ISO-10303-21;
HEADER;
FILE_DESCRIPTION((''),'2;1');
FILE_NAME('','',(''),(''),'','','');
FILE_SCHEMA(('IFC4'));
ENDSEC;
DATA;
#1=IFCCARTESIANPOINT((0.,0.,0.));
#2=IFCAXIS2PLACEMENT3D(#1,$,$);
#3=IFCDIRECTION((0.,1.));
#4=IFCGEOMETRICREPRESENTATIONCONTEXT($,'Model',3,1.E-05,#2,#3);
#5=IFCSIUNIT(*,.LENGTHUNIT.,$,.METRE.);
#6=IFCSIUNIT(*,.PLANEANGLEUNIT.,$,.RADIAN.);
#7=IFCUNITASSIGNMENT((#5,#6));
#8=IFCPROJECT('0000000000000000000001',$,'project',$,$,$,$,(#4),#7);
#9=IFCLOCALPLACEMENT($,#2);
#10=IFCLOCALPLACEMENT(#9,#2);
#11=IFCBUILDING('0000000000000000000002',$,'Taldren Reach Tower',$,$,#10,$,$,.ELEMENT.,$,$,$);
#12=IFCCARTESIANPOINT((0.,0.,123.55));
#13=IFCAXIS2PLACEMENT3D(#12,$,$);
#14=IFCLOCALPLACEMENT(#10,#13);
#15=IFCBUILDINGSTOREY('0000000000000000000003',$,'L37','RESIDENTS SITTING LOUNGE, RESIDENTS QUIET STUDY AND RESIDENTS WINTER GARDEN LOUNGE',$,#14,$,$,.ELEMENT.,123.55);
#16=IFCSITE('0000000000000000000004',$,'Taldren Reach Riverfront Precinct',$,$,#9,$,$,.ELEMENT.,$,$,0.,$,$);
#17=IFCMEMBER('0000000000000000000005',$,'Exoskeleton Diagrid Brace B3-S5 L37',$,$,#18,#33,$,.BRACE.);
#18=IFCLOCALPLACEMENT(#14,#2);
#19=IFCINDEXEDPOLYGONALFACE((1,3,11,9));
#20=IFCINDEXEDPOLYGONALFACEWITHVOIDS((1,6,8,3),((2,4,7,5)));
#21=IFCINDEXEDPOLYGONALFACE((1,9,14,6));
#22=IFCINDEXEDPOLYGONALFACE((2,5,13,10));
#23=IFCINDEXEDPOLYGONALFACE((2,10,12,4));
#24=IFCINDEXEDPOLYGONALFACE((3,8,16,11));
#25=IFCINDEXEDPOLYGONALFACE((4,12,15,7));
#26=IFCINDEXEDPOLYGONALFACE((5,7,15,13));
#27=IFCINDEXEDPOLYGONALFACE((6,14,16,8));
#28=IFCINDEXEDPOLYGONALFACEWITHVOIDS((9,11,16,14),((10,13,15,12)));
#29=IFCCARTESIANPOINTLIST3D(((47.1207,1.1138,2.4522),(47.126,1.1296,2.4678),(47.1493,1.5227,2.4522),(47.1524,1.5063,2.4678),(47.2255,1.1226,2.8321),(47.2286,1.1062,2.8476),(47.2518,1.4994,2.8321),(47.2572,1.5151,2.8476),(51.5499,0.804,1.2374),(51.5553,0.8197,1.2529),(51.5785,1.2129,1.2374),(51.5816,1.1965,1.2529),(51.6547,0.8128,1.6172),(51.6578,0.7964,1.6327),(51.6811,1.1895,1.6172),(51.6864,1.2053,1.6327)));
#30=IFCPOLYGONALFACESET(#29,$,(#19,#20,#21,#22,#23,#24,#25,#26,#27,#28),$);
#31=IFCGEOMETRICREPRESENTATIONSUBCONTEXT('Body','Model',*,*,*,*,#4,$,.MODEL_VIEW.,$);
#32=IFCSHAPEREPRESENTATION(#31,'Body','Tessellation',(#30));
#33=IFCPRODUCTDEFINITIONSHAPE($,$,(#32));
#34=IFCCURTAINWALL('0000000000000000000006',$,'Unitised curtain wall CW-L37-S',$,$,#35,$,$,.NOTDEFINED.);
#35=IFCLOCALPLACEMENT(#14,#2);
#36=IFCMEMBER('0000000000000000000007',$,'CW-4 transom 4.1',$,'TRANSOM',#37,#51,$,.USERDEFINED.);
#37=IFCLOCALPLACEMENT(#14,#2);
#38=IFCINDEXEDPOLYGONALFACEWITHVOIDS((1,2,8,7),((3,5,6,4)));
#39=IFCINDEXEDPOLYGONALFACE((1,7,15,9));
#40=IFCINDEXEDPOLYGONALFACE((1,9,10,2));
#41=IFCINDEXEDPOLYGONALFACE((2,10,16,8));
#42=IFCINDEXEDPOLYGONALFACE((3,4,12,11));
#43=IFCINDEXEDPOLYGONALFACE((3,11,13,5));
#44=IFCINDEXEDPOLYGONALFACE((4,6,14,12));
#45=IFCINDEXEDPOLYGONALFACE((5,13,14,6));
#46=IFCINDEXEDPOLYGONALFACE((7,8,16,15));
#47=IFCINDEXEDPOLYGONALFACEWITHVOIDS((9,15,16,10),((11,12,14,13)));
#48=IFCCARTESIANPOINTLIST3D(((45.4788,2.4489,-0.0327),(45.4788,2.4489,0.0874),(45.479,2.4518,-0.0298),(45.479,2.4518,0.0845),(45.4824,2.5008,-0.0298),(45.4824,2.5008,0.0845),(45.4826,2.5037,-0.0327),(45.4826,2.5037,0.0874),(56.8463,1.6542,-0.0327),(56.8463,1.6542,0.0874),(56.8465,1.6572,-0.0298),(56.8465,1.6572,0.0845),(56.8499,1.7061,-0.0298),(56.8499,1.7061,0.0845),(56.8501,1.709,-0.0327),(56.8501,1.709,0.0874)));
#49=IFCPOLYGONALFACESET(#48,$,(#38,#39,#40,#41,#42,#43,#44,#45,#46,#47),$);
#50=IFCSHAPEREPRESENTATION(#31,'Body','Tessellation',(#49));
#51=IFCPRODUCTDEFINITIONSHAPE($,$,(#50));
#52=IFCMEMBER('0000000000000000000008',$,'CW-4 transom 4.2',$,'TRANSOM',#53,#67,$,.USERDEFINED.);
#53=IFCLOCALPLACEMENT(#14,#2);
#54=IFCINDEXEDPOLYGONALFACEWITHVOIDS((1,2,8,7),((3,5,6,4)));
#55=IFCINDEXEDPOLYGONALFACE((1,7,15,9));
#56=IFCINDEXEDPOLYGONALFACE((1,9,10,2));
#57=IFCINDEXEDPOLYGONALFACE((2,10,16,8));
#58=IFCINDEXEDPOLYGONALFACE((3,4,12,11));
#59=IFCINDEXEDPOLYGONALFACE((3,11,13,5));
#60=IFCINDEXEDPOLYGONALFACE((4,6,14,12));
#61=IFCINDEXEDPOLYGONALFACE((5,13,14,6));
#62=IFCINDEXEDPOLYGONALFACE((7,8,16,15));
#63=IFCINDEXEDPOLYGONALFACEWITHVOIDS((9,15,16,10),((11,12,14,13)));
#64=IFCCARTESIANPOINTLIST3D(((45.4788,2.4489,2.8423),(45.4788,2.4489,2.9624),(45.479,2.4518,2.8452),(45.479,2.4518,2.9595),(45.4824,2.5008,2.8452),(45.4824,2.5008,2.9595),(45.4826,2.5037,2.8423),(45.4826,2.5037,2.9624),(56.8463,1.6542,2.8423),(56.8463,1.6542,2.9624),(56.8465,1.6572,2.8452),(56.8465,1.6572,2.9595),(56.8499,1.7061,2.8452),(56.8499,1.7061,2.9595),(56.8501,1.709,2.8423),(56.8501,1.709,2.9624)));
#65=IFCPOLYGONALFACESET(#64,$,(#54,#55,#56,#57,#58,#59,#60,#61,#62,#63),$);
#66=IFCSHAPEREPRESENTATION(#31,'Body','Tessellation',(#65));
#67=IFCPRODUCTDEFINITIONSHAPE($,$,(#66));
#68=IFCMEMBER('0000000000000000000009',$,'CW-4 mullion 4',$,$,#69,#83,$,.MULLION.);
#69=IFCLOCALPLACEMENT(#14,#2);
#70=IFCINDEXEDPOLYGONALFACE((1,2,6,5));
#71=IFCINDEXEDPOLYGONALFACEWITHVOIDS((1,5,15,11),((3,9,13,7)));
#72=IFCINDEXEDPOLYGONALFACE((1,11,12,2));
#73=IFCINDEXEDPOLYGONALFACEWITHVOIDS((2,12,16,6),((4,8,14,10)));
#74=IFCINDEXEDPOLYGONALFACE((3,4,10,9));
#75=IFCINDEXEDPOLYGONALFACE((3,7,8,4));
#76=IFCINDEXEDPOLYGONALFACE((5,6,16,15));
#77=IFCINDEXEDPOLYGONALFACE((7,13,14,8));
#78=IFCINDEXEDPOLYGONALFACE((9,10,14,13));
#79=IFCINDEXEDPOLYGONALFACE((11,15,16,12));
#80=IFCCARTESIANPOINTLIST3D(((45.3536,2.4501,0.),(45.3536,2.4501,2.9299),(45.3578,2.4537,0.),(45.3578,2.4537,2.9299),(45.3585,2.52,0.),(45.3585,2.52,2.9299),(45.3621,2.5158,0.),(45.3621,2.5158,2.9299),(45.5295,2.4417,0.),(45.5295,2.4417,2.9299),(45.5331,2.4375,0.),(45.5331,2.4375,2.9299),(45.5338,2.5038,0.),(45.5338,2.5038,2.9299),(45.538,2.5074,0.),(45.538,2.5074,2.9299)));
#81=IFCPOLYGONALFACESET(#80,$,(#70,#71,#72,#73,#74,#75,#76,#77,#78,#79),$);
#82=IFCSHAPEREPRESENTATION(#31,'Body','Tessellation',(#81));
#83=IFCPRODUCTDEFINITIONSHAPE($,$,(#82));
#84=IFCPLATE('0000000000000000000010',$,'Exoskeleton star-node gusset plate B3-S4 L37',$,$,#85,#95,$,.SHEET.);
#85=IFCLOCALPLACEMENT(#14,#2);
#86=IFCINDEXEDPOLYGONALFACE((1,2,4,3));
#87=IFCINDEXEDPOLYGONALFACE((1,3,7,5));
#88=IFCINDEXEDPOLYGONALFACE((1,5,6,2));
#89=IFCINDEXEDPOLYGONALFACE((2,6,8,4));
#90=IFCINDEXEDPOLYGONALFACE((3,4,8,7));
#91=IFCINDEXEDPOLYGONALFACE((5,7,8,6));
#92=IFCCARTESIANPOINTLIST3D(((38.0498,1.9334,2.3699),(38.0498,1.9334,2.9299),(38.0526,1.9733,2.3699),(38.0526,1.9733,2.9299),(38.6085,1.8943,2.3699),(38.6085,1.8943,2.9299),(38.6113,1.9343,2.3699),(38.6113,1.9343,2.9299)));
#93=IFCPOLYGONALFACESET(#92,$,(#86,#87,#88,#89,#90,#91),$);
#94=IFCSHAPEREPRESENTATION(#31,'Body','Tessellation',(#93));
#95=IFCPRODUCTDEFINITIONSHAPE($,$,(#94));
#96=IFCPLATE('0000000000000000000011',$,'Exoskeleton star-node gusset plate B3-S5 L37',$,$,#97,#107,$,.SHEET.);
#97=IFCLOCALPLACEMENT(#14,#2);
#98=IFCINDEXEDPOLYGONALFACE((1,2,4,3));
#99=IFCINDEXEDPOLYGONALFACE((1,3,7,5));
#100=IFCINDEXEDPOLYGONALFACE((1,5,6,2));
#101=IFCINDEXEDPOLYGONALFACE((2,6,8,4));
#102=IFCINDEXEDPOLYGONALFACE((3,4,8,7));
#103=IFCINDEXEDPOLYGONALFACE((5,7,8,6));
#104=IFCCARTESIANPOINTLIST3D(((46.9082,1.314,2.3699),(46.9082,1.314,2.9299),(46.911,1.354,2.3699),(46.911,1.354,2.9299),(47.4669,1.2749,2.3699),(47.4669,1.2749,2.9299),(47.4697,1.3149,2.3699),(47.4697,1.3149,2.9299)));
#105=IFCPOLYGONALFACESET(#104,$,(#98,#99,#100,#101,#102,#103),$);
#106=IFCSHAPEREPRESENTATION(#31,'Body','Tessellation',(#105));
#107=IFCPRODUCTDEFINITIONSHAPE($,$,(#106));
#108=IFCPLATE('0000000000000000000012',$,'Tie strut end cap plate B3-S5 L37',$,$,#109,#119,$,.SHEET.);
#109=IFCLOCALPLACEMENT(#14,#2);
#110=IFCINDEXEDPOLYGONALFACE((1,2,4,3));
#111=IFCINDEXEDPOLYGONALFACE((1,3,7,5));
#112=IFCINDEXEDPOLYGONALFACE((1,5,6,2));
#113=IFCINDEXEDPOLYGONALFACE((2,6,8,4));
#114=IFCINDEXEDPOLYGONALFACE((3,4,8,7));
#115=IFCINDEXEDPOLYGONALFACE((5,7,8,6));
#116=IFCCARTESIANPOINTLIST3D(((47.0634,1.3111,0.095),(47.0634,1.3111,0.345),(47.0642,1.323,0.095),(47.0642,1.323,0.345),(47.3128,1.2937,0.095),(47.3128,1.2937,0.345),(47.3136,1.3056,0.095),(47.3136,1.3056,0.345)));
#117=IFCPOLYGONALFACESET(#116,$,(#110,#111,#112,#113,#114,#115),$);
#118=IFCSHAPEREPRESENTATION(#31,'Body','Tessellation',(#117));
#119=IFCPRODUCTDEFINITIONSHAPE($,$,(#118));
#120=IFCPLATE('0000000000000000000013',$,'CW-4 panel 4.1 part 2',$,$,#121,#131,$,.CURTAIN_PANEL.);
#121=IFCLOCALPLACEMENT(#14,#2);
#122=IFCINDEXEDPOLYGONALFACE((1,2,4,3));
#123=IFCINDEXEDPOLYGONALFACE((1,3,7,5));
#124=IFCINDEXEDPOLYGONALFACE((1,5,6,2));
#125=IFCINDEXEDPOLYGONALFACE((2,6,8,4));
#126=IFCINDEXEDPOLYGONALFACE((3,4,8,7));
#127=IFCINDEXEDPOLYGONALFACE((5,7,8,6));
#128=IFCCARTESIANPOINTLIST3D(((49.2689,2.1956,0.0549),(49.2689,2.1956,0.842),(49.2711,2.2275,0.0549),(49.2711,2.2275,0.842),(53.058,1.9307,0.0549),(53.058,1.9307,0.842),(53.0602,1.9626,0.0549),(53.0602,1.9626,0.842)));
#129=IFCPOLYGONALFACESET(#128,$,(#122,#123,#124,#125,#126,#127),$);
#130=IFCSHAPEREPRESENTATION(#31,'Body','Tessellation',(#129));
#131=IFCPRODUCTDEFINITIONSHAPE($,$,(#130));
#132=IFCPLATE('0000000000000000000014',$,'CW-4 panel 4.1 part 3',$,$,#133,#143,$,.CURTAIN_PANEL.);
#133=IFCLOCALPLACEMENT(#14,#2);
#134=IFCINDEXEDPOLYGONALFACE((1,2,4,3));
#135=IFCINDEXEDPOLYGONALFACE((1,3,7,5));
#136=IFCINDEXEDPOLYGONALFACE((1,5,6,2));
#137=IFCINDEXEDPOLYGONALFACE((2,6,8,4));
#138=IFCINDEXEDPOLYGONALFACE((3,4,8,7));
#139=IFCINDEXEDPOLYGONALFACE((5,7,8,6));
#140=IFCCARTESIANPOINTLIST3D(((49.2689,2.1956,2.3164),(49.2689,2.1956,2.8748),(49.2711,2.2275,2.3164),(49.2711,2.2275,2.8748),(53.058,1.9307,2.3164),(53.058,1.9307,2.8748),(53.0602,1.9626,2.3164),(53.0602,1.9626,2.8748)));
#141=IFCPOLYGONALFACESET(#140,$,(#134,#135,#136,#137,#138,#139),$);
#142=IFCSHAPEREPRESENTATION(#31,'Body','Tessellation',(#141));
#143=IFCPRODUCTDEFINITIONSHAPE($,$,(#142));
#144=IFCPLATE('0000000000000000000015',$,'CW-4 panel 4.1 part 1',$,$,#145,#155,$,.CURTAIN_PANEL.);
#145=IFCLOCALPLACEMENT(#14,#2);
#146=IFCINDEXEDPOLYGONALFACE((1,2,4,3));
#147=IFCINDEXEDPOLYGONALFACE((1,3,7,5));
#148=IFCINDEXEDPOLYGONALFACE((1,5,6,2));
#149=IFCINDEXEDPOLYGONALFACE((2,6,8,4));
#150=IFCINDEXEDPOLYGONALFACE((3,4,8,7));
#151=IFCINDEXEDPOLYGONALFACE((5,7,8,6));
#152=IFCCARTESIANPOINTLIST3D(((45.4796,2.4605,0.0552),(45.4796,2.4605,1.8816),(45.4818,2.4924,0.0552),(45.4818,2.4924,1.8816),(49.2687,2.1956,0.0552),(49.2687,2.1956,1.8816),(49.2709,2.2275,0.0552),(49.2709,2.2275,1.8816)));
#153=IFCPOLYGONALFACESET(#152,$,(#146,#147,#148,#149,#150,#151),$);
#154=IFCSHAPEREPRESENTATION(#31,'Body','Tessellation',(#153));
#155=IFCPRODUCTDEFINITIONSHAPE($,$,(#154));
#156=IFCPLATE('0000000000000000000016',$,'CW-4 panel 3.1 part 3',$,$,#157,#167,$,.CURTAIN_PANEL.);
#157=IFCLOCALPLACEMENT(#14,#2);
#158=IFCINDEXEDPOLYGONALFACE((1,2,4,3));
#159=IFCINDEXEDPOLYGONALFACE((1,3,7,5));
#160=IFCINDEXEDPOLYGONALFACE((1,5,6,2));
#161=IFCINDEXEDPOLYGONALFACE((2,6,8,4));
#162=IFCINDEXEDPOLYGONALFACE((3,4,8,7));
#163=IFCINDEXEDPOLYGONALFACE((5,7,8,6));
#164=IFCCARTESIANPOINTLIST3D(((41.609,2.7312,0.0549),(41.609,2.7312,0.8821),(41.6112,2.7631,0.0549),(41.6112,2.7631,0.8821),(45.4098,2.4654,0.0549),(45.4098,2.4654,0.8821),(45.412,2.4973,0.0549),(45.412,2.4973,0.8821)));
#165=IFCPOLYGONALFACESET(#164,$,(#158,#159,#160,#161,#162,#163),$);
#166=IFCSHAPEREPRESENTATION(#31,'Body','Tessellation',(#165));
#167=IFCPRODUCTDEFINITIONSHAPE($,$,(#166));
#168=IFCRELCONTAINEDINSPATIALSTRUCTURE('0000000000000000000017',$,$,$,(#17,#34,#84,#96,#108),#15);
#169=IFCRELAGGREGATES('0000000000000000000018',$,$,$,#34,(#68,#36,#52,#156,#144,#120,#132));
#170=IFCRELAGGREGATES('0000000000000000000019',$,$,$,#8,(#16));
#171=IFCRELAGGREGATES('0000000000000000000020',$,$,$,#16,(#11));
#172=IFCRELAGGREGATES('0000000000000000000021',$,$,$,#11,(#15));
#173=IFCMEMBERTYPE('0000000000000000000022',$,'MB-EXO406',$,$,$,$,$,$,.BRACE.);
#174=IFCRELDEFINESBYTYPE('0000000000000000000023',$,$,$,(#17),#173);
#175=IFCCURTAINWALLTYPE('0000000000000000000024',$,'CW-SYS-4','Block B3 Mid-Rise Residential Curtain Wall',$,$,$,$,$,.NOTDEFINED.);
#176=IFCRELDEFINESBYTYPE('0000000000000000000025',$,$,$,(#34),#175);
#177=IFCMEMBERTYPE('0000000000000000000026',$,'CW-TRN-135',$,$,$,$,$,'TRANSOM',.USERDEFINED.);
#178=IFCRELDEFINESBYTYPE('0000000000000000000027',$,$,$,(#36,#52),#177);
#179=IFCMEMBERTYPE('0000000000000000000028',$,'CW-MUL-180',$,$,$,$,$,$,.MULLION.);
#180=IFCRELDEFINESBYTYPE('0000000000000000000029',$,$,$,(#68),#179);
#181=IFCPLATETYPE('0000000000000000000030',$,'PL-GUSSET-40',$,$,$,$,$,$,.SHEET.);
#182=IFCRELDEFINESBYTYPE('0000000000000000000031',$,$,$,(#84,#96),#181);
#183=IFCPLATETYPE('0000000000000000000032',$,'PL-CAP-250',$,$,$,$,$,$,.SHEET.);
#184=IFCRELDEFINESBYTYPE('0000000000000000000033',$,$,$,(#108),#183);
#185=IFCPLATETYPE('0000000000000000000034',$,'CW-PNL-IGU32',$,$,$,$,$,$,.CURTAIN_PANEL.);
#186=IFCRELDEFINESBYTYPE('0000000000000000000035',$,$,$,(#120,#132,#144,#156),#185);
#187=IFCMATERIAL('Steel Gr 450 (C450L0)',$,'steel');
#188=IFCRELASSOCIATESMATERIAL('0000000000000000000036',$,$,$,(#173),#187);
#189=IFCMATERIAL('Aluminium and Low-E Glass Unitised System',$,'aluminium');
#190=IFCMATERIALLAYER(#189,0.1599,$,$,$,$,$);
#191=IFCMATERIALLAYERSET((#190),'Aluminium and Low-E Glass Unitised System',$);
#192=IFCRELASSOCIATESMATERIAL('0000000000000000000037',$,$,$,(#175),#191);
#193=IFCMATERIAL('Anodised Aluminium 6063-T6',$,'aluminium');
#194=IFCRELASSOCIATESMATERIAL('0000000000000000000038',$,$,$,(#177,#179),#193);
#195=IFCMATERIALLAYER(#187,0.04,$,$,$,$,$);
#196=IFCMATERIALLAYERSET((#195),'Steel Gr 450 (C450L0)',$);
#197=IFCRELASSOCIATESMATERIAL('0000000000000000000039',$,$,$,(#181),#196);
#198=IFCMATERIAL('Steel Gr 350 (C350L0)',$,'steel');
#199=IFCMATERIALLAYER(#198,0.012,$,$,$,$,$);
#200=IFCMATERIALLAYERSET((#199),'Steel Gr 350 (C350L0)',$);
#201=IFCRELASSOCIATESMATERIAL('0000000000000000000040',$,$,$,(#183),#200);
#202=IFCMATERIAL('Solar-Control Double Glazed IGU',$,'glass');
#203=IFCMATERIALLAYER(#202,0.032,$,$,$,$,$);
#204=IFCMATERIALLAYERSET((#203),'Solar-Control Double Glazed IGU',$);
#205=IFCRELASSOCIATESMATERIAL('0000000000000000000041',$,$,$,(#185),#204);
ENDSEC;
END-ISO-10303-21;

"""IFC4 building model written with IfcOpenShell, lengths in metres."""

from ifc_helpers import new_model, si_unit, direction, frame, origin, origin_2d, place, context, subcontext, project, spatial, rectangle, hollow_rectangle, extrude, source, transform, mapped, material, layer, layer_set, material_profile, profile_set, type_object, element, aggregate, save


model = new_model("IFC4")

# Units and contexts
model_context = context("Model", 3, precision=1e-05, world=origin(), true_north=direction((0.0, 1.0)))
body_context = subcontext(model_context, "Body", "Model", "MODEL_VIEW")
ifc_project = project(units=[si_unit("LENGTHUNIT", "METRE"), si_unit("PLANEANGLEUNIT", "RADIAN")], contexts=[model_context])

# Site, building, storey
site_placement = place(None, origin())
site = spatial("IfcSite", under=ifc_project, at=site_placement, Name="Taldren Reach Riverfront Precinct", CompositionType="ELEMENT", RefElevation=0.0)
building_placement = place(site_placement, origin())
building = spatial("IfcBuilding", under=site, at=building_placement, Name="Taldren Reach Tower", CompositionType="ELEMENT")
storey_placement = place(building_placement, frame((0.0, 0.0, 123.55)))
storey = spatial("IfcBuildingStorey", under=building, at=storey_placement, Name="L37", Description="RESIDENTS SITTING LOUNGE, RESIDENTS QUIET STUDY AND RESIDENTS WINTER GARDEN LOUNGE", CompositionType="ELEMENT", Elevation=123.55)

# Shared definitions
ifc_material_1 = material(Name="Steel Gr 450 (C450L0)", Category="steel")
ifc_material_2 = material(Name="Steel Gr 350 (C350L0)", Category="steel")

# Member
ifc_material_profile_1 = material_profile(ifc_material_1, hollow_rectangle(XDim=0.4099, YDim=0.4099, WallThickness=0.0161, at=origin_2d()), Name="410x410x16.0SHS")
ifc_profile_set_1 = profile_set([ifc_material_profile_1], Name="Steel Gr 450 (C450L0)")
member_type_1 = type_object("IfcMemberType", Name="MB-EXO406", PredefinedType="BRACE", material=ifc_profile_set_1)
shared_shape_1 = source(origin(), body_context, "Body", "SweptSolid", [
    extrude(hollow_rectangle(XDim=0.4099, YDim=0.4099, WallThickness=0.0161, at=origin_2d()), origin(), (0.0, 0.0, 1.0), 4.6033),
])
for number, where, z_axis, x_axis, name in (
    (1, (51.6182, 1.0046, 1.4351), (-0.962196, 0.067304, 0.263912), (-0.069778, -0.997563, 0.0), "Exoskeleton Diagrid Brace B3-S5 L37"),
):
    element("IfcMember", number, at=place(storey_placement, frame(where, z_axis=z_axis, x_axis=x_axis)), inside=storey, type_object=member_type_1, Name=name, PredefinedType="BRACE", context=body_context, shape_type="MappedRepresentation", body=[
        mapped(shared_shape_1, transform((0.0, 0.0, 0.0), scale=1.0)),
    ])

# Curtain wall, members
ifc_material_3 = material(Name="Aluminium and Low-E Glass Unitised System", Category="aluminium")
ifc_layer_1 = layer(ifc_material_3, 0.1599)
ifc_layer_set_1 = layer_set([ifc_layer_1], Name="Aluminium and Low-E Glass Unitised System")
curtain_wall_type = type_object("IfcCurtainWallType", Name="CW-SYS-4", Description="Block B3 Mid-Rise Residential Curtain Wall", PredefinedType="NOTDEFINED", material=ifc_layer_set_1)
curtain_wall_placement = place(storey_placement, origin())
curtain_wall = element("IfcCurtainWall", 2, at=curtain_wall_placement, inside=storey, type_object=curtain_wall_type, Name="Unitised curtain wall CW-L37-S", PredefinedType="NOTDEFINED")
ifc_material_4 = material(Name="Anodised Aluminium 6063-T6", Category="aluminium")
ifc_material_profile_2 = material_profile(ifc_material_4, hollow_rectangle(XDim=0.0549, YDim=0.1201, WallThickness=0.0029, at=origin_2d()), Name="ALU-120x55x3RHS")
ifc_profile_set_2 = profile_set([ifc_material_profile_2], Name="Anodised Aluminium 6063-T6")
member_type_2 = type_object("IfcMemberType", Name="CW-TRN-135", ElementType="TRANSOM", PredefinedType="USERDEFINED", material=ifc_profile_set_2)
shared_shape_2 = source(origin(), body_context, "Body", "SweptSolid", [
    extrude(hollow_rectangle(XDim=0.0549, YDim=0.1201, WallThickness=0.0029, at=origin_2d()), origin(), (0.0, 0.0, 1.0), 11.3953),
])
member_1_placement = place(storey_placement, frame((45.4807, 2.4763, 0.0273), z_axis=(0.997565, -0.069738, 0.0), x_axis=(0.069738, 0.997565, 0.0)))
member_1 = element("IfcMember", 3, at=member_1_placement, type_object=member_type_2, Name="CW-4 transom 4.1", ObjectType="TRANSOM", PredefinedType="USERDEFINED", context=body_context, shape_type="MappedRepresentation", body=[
    mapped(shared_shape_2, transform((0.0, 0.0, 0.0), scale=1.0)),
])
member_2_placement = place(storey_placement, frame((45.4807, 2.4763, 2.9023), z_axis=(0.997565, -0.069738, 0.0), x_axis=(0.069738, 0.997565, 0.0)))
member_2 = element("IfcMember", 4, at=member_2_placement, type_object=member_type_2, Name="CW-4 transom 4.2", ObjectType="TRANSOM", PredefinedType="USERDEFINED", context=body_context, shape_type="MappedRepresentation", body=[
    mapped(shared_shape_2, transform((0.0, 0.0, 0.0), scale=1.0)),
])
ifc_material_profile_3 = material_profile(ifc_material_4, hollow_rectangle(XDim=0.0701, YDim=0.1799, WallThickness=0.0039, at=origin_2d()), Name="ALU-180x70x4RHS")
ifc_profile_set_3 = profile_set([ifc_material_profile_3], Name="Anodised Aluminium 6063-T6")
member_type_3 = type_object("IfcMemberType", Name="CW-MUL-180", PredefinedType="MULLION", material=ifc_profile_set_3)
shared_shape_3 = source(origin(), body_context, "Body", "SweptSolid", [
    extrude(hollow_rectangle(XDim=0.0701, YDim=0.1799, WallThickness=0.0039, at=origin_2d()), origin(), (0.0, 0.0, 1.0), 2.9299),
])
member_3_placement = place(storey_placement, frame((45.4458, 2.4788, 0.0), z_axis=(0.0, 0.0, 1.0), x_axis=(0.069757, 0.997564, 0.0)))
member_3 = element("IfcMember", 5, at=member_3_placement, type_object=member_type_3, Name="CW-4 mullion 4", PredefinedType="MULLION", context=body_context, shape_type="MappedRepresentation", body=[
    mapped(shared_shape_3, transform((0.0, 0.0, 0.0), scale=1.0)),
])

# Plates
ifc_layer_2 = layer(ifc_material_1, 0.04)
ifc_layer_set_2 = layer_set([ifc_layer_2], Name="Steel Gr 450 (C450L0)")
plate_type_1 = type_object("IfcPlateType", Name="PL-GUSSET-40", PredefinedType="SHEET", material=ifc_layer_set_2)
shared_shape_4 = source(origin(), body_context, "Body", "SweptSolid", [
    extrude(rectangle(XDim=0.5601, YDim=0.04, at=origin_2d()), origin(), (0.0, 0.0, 1.0), 0.5601),
])
for number, where, z_axis, x_axis, name in (
    (6, (38.3306, 1.9338, 2.3699), (0.0, 0.0, 1.0), (0.997564, -0.069756, 0.0), "Exoskeleton star-node gusset plate B3-S4 L37"),
    (7, (47.189, 1.3145, 2.3699), (0.0, 0.0, 1.0), (0.997564, -0.069756, 0.0), "Exoskeleton star-node gusset plate B3-S5 L37"),
):
    element("IfcPlate", number, at=place(storey_placement, frame(where, z_axis=z_axis, x_axis=x_axis)), inside=storey, type_object=plate_type_1, Name=name, PredefinedType="SHEET", context=body_context, shape_type="MappedRepresentation", body=[
        mapped(shared_shape_4, transform((0.0, 0.0, 0.0), scale=1.0)),
    ])
ifc_layer_3 = layer(ifc_material_2, 0.012)
ifc_layer_set_3 = layer_set([ifc_layer_3], Name="Steel Gr 350 (C350L0)")
plate_type_2 = type_object("IfcPlateType", Name="PL-CAP-250", PredefinedType="SHEET", material=ifc_layer_set_3)
shared_shape_5 = source(origin(), body_context, "Body", "SweptSolid", [
    extrude(rectangle(XDim=0.25, YDim=0.012, at=origin_2d()), origin(), (0.0, 0.0, 1.0), 0.25),
])
plate_1_placement = place(storey_placement, frame((47.1885, 1.3083, 0.095), z_axis=(0.0, 0.0, 1.0), x_axis=(0.997564, -0.069756, 0.0)))
element("IfcPlate", 8, at=plate_1_placement, inside=storey, type_object=plate_type_2, Name="Tie strut end cap plate B3-S5 L37", PredefinedType="SHEET", context=body_context, shape_type="MappedRepresentation", body=[
    mapped(shared_shape_5, transform((0.0, 0.0, 0.0), scale=1.0)),
])

# Plates
ifc_material_5 = material(Name="Solar-Control Double Glazed IGU", Category="glass")
ifc_layer_4 = layer(ifc_material_5, 0.032)
ifc_layer_set_4 = layer_set([ifc_layer_4], Name="Solar-Control Double Glazed IGU")
plate_type_3 = type_object("IfcPlateType", Name="CW-PNL-IGU32", PredefinedType="CURTAIN_PANEL", material=ifc_layer_set_4)
shared_shape_6 = source(origin(), body_context, "Body", "SweptSolid", [
    extrude(rectangle(XDim=3.7983, YDim=0.032, at=origin_2d()), origin(), (0.0, 0.0, 1.0), 0.7871),
])
plate_2_placement = place(storey_placement, frame((51.1646, 2.0791, 0.0549), z_axis=(0.0, 0.0, 1.0), x_axis=(0.997564, -0.069757, 0.0)))
plate_2 = element("IfcPlate", 9, at=plate_2_placement, type_object=plate_type_3, Name="CW-4 panel 4.1 part 2", PredefinedType="CURTAIN_PANEL", context=body_context, shape_type="MappedRepresentation", body=[
    mapped(shared_shape_6, transform((0.0, 0.0, 0.0), scale=1.0)),
])
shared_shape_7 = source(origin(), body_context, "Body", "SweptSolid", [
    extrude(rectangle(XDim=3.7983, YDim=0.032, at=origin_2d()), origin(), (0.0, 0.0, 1.0), 0.5583),
])
plate_3_placement = place(storey_placement, frame((51.1646, 2.0791, 2.3164), z_axis=(0.0, 0.0, 1.0), x_axis=(0.997564, -0.069757, 0.0)))
plate_3 = element("IfcPlate", 10, at=plate_3_placement, type_object=plate_type_3, Name="CW-4 panel 4.1 part 3", PredefinedType="CURTAIN_PANEL", context=body_context, shape_type="MappedRepresentation", body=[
    mapped(shared_shape_7, transform((0.0, 0.0, 0.0), scale=1.0)),
])
shared_shape_8 = source(origin(), body_context, "Body", "SweptSolid", [
    extrude(rectangle(XDim=3.7983, YDim=0.032, at=origin_2d()), origin(), (0.0, 0.0, 1.0), 1.8264),
])
plate_4_placement = place(storey_placement, frame((47.3752, 2.344, 0.0552), z_axis=(0.0, 0.0, 1.0), x_axis=(0.997564, -0.069757, 0.0)))
plate_4 = element("IfcPlate", 11, at=plate_4_placement, type_object=plate_type_3, Name="CW-4 panel 4.1 part 1", PredefinedType="CURTAIN_PANEL", context=body_context, shape_type="MappedRepresentation", body=[
    mapped(shared_shape_8, transform((0.0, 0.0, 0.0), scale=1.0)),
])
shared_shape_9 = source(origin(), body_context, "Body", "SweptSolid", [
    extrude(rectangle(XDim=3.8101, YDim=0.032, at=origin_2d()), origin(), (0.0, 0.0, 1.0), 0.8271),
])
plate_5_placement = place(storey_placement, frame((43.5105, 2.6143, 0.0549), z_axis=(0.0, 0.0, 1.0), x_axis=(0.997564, -0.069757, 0.0)))
plate_5 = element("IfcPlate", 12, at=plate_5_placement, type_object=plate_type_3, Name="CW-4 panel 3.1 part 3", PredefinedType="CURTAIN_PANEL", context=body_context, shape_type="MappedRepresentation", body=[
    mapped(shared_shape_9, transform((0.0, 0.0, 0.0), scale=1.0)),
])
aggregate(curtain_wall, [member_3, member_1, member_2, plate_5, plate_4, plate_2, plate_3])

save(model, "model.ifc")
